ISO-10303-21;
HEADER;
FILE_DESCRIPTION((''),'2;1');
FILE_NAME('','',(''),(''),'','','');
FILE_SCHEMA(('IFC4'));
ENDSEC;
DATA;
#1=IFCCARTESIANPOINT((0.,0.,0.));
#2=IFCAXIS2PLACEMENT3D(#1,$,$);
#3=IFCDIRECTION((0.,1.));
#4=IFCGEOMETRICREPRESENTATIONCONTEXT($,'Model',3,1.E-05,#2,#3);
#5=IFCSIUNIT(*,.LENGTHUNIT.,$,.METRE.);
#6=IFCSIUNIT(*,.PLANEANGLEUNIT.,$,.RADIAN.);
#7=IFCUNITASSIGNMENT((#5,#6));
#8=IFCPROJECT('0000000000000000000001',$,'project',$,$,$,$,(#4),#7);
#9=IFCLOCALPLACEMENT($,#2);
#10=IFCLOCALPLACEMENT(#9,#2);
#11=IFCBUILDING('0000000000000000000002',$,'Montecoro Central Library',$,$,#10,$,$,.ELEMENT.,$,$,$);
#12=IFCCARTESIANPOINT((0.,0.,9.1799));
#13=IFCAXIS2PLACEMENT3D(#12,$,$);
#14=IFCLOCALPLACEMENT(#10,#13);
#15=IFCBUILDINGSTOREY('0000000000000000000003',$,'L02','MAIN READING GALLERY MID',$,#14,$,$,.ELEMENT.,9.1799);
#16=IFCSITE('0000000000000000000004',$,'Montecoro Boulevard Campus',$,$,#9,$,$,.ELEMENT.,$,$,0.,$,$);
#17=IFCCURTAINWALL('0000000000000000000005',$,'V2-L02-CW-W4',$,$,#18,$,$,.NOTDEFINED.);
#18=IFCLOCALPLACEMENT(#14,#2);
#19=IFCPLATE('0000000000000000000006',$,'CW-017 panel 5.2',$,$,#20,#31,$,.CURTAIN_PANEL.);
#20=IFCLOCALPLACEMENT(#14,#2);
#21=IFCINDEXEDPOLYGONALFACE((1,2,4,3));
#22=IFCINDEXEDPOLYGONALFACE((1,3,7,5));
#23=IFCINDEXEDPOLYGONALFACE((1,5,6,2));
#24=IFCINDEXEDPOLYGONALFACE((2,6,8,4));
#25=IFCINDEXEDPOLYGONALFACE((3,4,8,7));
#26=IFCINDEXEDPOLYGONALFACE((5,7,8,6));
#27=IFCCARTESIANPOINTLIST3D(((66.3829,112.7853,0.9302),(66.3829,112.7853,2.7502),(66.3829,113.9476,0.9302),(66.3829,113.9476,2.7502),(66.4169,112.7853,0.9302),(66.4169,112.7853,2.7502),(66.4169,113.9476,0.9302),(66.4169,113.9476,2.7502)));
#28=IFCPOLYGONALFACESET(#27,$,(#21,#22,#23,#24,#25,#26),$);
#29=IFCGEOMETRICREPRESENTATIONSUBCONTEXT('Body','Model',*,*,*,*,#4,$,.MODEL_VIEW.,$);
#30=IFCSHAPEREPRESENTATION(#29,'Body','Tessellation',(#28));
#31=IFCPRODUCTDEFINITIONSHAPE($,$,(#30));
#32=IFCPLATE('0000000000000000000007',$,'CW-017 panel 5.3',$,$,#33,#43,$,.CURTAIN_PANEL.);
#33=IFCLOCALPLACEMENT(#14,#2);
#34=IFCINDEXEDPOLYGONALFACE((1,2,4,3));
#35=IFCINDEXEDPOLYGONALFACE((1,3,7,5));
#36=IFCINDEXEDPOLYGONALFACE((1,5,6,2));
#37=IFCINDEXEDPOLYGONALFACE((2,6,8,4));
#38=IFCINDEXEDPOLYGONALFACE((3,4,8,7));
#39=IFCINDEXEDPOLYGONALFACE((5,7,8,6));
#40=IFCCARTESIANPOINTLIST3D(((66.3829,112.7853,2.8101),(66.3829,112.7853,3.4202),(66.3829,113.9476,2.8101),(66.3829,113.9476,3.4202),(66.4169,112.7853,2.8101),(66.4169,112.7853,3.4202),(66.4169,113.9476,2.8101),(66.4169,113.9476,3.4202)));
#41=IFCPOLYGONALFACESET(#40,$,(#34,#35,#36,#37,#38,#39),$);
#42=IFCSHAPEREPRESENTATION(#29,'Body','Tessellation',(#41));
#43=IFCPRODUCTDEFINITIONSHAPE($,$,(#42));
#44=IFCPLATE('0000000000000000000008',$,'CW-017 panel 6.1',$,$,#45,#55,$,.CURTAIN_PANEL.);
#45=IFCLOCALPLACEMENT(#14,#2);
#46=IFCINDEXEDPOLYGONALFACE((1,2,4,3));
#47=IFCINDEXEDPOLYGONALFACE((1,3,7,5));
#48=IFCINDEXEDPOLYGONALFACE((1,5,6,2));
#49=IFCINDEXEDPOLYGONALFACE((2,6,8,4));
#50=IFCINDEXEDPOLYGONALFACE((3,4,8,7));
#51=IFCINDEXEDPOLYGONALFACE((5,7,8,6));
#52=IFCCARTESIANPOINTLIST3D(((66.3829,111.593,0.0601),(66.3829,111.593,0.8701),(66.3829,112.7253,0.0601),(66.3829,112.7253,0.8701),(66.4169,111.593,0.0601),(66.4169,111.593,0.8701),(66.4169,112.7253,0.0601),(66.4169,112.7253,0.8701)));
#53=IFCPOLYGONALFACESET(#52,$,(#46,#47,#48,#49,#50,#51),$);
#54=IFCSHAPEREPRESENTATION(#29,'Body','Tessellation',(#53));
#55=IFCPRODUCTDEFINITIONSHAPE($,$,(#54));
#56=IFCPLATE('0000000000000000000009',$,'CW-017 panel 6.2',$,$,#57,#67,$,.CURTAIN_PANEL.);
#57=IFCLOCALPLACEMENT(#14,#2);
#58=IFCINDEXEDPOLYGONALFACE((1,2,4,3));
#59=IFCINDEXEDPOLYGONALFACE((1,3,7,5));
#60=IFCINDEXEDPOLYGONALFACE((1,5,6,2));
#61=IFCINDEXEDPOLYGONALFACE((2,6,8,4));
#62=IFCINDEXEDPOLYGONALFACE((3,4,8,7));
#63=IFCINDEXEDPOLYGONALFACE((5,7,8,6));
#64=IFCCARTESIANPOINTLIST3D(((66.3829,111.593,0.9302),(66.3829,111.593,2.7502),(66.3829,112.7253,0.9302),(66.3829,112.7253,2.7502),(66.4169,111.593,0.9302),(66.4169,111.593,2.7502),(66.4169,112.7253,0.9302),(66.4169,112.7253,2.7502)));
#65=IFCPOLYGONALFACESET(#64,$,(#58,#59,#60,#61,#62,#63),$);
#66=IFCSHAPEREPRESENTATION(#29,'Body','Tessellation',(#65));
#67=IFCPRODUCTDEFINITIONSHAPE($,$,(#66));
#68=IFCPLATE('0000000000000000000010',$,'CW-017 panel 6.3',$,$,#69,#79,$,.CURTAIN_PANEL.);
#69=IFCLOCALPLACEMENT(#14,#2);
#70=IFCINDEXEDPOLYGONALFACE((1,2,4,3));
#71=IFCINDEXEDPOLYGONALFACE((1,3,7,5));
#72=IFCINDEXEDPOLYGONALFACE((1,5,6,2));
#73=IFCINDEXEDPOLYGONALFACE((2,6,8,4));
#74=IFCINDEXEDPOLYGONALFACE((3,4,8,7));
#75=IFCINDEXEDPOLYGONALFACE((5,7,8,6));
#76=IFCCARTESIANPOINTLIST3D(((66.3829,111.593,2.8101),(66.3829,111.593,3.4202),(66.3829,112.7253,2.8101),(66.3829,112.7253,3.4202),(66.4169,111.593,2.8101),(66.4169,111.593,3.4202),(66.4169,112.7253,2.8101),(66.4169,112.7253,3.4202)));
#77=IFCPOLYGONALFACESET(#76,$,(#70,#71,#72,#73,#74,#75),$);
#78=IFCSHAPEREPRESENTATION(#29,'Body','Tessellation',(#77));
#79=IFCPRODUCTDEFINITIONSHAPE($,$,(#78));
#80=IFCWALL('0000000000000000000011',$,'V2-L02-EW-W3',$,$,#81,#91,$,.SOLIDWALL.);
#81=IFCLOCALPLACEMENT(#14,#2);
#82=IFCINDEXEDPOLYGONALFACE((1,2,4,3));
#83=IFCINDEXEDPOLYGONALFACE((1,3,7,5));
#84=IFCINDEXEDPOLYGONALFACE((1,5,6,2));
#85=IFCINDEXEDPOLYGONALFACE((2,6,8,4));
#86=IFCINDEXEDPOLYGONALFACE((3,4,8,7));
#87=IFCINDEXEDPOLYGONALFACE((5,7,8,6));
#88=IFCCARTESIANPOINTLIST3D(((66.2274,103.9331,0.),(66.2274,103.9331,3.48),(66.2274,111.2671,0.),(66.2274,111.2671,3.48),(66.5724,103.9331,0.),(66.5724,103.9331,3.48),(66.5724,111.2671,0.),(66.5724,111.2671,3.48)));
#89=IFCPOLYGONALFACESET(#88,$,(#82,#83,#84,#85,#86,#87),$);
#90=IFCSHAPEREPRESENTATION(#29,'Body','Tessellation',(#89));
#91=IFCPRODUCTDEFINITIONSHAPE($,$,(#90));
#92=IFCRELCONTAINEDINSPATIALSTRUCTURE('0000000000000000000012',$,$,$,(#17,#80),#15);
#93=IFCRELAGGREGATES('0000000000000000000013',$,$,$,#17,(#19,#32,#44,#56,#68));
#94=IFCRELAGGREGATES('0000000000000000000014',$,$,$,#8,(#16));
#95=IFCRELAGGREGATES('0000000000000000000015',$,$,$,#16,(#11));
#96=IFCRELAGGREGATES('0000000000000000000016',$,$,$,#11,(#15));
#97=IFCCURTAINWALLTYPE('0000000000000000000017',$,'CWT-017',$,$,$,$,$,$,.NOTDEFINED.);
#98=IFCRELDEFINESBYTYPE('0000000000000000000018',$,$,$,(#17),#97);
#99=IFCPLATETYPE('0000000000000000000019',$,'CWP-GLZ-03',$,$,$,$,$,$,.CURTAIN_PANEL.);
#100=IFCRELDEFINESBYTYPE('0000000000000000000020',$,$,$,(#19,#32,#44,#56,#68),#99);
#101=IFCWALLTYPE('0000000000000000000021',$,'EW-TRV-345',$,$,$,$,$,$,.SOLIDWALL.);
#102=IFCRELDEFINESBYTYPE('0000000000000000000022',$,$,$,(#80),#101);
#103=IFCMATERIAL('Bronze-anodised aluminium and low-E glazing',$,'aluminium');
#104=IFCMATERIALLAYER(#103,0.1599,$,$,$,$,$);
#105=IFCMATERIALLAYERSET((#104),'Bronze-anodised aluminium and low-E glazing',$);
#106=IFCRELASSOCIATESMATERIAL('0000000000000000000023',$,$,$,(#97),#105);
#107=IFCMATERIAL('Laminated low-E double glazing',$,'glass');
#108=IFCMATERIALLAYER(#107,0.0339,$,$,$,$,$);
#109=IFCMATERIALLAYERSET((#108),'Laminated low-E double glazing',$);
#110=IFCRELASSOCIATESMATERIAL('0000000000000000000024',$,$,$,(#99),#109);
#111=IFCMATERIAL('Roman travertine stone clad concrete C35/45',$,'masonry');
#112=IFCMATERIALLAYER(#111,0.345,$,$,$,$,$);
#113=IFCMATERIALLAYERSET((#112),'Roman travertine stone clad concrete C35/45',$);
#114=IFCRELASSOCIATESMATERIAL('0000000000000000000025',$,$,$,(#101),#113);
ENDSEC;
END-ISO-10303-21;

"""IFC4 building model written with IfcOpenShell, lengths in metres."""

from ifc_helpers import new_model, si_unit, direction, frame, frame_2d, origin, origin_2d, place, context, subcontext, project, spatial, rectangle, extrude, material, layer, layer_set, type_object, element, aggregate, save


model = new_model("IFC4")

# Units and contexts
model_context = context("Model", 3, precision=1e-05, world=origin(), true_north=direction((0.0, 1.0)))
body_context = subcontext(model_context, "Body", "Model", "MODEL_VIEW")
ifc_project = project(units=[si_unit("LENGTHUNIT", "METRE"), si_unit("PLANEANGLEUNIT", "RADIAN")], contexts=[model_context])

# Site, building, storey
site_placement = place(None, origin())
site = spatial("IfcSite", under=ifc_project, at=site_placement, Name="Montecoro Boulevard Campus", CompositionType="ELEMENT", RefElevation=0.0)
building_placement = place(site_placement, origin())
building = spatial("IfcBuilding", under=site, at=building_placement, Name="Montecoro Central Library", CompositionType="ELEMENT")
storey_placement = place(building_placement, frame((0.0, 0.0, 9.1799)))
storey = spatial("IfcBuildingStorey", under=building, at=storey_placement, Name="L02", Description="MAIN READING GALLERY MID", CompositionType="ELEMENT", Elevation=9.1799)

# Curtain wall, plates
ifc_material_1 = material(Name="Bronze-anodised aluminium and low-E glazing", Category="aluminium")
ifc_layer_1 = layer(ifc_material_1, 0.1599)
ifc_layer_set_1 = layer_set([ifc_layer_1], Name="Bronze-anodised aluminium and low-E glazing")
curtain_wall_type = type_object("IfcCurtainWallType", Name="CWT-017", PredefinedType="NOTDEFINED", material=ifc_layer_set_1)
curtain_wall_placement = place(storey_placement, origin())
curtain_wall = element("IfcCurtainWall", 1, at=curtain_wall_placement, inside=storey, type_object=curtain_wall_type, Name="V2-L02-CW-W4", PredefinedType="NOTDEFINED")
ifc_material_2 = material(Name="Laminated low-E double glazing", Category="glass")
ifc_layer_2 = layer(ifc_material_2, 0.0339)
ifc_layer_set_2 = layer_set([ifc_layer_2], Name="Laminated low-E double glazing")
plate_type = type_object("IfcPlateType", Name="CWP-GLZ-03", PredefinedType="CURTAIN_PANEL", material=ifc_layer_set_2)
plate_1_placement = place(storey_placement, frame((66.3999, 113.3665, 0.9302), z_axis=(0.0, 0.0, 1.0), x_axis=(0.0, -1.0, 0.0)))
plate_1 = element("IfcPlate", 2, at=plate_1_placement, type_object=plate_type, Name="CW-017 panel 5.2", PredefinedType="CURTAIN_PANEL", context=body_context, shape_type="SweptSolid", body=[
    extrude(rectangle(XDim=1.1624, YDim=0.0339, at=origin_2d()), origin(), (0.0, 0.0, 1.0), 1.8201),
])
plate_2_placement = place(storey_placement, frame((66.3999, 113.3665, 2.8101), z_axis=(0.0, 0.0, 1.0), x_axis=(0.0, -1.0, 0.0)))
plate_2 = element("IfcPlate", 3, at=plate_2_placement, type_object=plate_type, Name="CW-017 panel 5.3", PredefinedType="CURTAIN_PANEL", context=body_context, shape_type="SweptSolid", body=[
    extrude(rectangle(XDim=1.1624, YDim=0.0339, at=origin_2d()), origin(), (0.0, 0.0, 1.0), 0.6101),
])
plate_3_placement = place(storey_placement, frame((66.3999, 112.1592, 0.0601), z_axis=(0.0, 0.0, 1.0), x_axis=(0.0, -1.0, 0.0)))
plate_3 = element("IfcPlate", 4, at=plate_3_placement, type_object=plate_type, Name="CW-017 panel 6.1", PredefinedType="CURTAIN_PANEL", context=body_context, shape_type="SweptSolid", body=[
    extrude(rectangle(XDim=1.1323, YDim=0.0339, at=origin_2d()), origin(), (0.0, 0.0, 1.0), 0.8101),
])
plate_4_placement = place(storey_placement, frame((66.3999, 112.1592, 0.9302), z_axis=(0.0, 0.0, 1.0), x_axis=(0.0, -1.0, 0.0)))
plate_4 = element("IfcPlate", 5, at=plate_4_placement, type_object=plate_type, Name="CW-017 panel 6.2", PredefinedType="CURTAIN_PANEL", context=body_context, shape_type="SweptSolid", body=[
    extrude(rectangle(XDim=1.1323, YDim=0.0339, at=origin_2d()), origin(), (0.0, 0.0, 1.0), 1.8201),
])
plate_5_placement = place(storey_placement, frame((66.3999, 112.1592, 2.8101), z_axis=(0.0, 0.0, 1.0), x_axis=(0.0, -1.0, 0.0)))
plate_5 = element("IfcPlate", 6, at=plate_5_placement, type_object=plate_type, Name="CW-017 panel 6.3", PredefinedType="CURTAIN_PANEL", context=body_context, shape_type="SweptSolid", body=[
    extrude(rectangle(XDim=1.1323, YDim=0.0339, at=origin_2d()), origin(), (0.0, 0.0, 1.0), 0.6101),
])
aggregate(curtain_wall, [plate_1, plate_2, plate_3, plate_4, plate_5])

# Wall
ifc_material_3 = material(Name="Roman travertine stone clad concrete C35/45", Category="masonry")
ifc_layer_3 = layer(ifc_material_3, 0.345)
ifc_layer_set_3 = layer_set([ifc_layer_3], Name="Roman travertine stone clad concrete C35/45")
wall_type = type_object("IfcWallType", Name="EW-TRV-345", PredefinedType="SOLIDWALL", material=ifc_layer_set_3)
wall_placement = place(storey_placement, frame((66.3999, 111.2671, 0.0), z_axis=(0.0, 0.0, 1.0), x_axis=(0.0, -1.0, 0.0)))
element("IfcWall", 7, at=wall_placement, inside=storey, type_object=wall_type, Name="V2-L02-EW-W3", PredefinedType="SOLIDWALL", context=body_context, shape_type="SweptSolid", body=[
    extrude(rectangle(XDim=7.334, YDim=0.345, at=frame_2d((3.667, 0.0))), origin(), (0.0, 0.0, 1.0), 3.48),
])

save(model, "model.ifc")
